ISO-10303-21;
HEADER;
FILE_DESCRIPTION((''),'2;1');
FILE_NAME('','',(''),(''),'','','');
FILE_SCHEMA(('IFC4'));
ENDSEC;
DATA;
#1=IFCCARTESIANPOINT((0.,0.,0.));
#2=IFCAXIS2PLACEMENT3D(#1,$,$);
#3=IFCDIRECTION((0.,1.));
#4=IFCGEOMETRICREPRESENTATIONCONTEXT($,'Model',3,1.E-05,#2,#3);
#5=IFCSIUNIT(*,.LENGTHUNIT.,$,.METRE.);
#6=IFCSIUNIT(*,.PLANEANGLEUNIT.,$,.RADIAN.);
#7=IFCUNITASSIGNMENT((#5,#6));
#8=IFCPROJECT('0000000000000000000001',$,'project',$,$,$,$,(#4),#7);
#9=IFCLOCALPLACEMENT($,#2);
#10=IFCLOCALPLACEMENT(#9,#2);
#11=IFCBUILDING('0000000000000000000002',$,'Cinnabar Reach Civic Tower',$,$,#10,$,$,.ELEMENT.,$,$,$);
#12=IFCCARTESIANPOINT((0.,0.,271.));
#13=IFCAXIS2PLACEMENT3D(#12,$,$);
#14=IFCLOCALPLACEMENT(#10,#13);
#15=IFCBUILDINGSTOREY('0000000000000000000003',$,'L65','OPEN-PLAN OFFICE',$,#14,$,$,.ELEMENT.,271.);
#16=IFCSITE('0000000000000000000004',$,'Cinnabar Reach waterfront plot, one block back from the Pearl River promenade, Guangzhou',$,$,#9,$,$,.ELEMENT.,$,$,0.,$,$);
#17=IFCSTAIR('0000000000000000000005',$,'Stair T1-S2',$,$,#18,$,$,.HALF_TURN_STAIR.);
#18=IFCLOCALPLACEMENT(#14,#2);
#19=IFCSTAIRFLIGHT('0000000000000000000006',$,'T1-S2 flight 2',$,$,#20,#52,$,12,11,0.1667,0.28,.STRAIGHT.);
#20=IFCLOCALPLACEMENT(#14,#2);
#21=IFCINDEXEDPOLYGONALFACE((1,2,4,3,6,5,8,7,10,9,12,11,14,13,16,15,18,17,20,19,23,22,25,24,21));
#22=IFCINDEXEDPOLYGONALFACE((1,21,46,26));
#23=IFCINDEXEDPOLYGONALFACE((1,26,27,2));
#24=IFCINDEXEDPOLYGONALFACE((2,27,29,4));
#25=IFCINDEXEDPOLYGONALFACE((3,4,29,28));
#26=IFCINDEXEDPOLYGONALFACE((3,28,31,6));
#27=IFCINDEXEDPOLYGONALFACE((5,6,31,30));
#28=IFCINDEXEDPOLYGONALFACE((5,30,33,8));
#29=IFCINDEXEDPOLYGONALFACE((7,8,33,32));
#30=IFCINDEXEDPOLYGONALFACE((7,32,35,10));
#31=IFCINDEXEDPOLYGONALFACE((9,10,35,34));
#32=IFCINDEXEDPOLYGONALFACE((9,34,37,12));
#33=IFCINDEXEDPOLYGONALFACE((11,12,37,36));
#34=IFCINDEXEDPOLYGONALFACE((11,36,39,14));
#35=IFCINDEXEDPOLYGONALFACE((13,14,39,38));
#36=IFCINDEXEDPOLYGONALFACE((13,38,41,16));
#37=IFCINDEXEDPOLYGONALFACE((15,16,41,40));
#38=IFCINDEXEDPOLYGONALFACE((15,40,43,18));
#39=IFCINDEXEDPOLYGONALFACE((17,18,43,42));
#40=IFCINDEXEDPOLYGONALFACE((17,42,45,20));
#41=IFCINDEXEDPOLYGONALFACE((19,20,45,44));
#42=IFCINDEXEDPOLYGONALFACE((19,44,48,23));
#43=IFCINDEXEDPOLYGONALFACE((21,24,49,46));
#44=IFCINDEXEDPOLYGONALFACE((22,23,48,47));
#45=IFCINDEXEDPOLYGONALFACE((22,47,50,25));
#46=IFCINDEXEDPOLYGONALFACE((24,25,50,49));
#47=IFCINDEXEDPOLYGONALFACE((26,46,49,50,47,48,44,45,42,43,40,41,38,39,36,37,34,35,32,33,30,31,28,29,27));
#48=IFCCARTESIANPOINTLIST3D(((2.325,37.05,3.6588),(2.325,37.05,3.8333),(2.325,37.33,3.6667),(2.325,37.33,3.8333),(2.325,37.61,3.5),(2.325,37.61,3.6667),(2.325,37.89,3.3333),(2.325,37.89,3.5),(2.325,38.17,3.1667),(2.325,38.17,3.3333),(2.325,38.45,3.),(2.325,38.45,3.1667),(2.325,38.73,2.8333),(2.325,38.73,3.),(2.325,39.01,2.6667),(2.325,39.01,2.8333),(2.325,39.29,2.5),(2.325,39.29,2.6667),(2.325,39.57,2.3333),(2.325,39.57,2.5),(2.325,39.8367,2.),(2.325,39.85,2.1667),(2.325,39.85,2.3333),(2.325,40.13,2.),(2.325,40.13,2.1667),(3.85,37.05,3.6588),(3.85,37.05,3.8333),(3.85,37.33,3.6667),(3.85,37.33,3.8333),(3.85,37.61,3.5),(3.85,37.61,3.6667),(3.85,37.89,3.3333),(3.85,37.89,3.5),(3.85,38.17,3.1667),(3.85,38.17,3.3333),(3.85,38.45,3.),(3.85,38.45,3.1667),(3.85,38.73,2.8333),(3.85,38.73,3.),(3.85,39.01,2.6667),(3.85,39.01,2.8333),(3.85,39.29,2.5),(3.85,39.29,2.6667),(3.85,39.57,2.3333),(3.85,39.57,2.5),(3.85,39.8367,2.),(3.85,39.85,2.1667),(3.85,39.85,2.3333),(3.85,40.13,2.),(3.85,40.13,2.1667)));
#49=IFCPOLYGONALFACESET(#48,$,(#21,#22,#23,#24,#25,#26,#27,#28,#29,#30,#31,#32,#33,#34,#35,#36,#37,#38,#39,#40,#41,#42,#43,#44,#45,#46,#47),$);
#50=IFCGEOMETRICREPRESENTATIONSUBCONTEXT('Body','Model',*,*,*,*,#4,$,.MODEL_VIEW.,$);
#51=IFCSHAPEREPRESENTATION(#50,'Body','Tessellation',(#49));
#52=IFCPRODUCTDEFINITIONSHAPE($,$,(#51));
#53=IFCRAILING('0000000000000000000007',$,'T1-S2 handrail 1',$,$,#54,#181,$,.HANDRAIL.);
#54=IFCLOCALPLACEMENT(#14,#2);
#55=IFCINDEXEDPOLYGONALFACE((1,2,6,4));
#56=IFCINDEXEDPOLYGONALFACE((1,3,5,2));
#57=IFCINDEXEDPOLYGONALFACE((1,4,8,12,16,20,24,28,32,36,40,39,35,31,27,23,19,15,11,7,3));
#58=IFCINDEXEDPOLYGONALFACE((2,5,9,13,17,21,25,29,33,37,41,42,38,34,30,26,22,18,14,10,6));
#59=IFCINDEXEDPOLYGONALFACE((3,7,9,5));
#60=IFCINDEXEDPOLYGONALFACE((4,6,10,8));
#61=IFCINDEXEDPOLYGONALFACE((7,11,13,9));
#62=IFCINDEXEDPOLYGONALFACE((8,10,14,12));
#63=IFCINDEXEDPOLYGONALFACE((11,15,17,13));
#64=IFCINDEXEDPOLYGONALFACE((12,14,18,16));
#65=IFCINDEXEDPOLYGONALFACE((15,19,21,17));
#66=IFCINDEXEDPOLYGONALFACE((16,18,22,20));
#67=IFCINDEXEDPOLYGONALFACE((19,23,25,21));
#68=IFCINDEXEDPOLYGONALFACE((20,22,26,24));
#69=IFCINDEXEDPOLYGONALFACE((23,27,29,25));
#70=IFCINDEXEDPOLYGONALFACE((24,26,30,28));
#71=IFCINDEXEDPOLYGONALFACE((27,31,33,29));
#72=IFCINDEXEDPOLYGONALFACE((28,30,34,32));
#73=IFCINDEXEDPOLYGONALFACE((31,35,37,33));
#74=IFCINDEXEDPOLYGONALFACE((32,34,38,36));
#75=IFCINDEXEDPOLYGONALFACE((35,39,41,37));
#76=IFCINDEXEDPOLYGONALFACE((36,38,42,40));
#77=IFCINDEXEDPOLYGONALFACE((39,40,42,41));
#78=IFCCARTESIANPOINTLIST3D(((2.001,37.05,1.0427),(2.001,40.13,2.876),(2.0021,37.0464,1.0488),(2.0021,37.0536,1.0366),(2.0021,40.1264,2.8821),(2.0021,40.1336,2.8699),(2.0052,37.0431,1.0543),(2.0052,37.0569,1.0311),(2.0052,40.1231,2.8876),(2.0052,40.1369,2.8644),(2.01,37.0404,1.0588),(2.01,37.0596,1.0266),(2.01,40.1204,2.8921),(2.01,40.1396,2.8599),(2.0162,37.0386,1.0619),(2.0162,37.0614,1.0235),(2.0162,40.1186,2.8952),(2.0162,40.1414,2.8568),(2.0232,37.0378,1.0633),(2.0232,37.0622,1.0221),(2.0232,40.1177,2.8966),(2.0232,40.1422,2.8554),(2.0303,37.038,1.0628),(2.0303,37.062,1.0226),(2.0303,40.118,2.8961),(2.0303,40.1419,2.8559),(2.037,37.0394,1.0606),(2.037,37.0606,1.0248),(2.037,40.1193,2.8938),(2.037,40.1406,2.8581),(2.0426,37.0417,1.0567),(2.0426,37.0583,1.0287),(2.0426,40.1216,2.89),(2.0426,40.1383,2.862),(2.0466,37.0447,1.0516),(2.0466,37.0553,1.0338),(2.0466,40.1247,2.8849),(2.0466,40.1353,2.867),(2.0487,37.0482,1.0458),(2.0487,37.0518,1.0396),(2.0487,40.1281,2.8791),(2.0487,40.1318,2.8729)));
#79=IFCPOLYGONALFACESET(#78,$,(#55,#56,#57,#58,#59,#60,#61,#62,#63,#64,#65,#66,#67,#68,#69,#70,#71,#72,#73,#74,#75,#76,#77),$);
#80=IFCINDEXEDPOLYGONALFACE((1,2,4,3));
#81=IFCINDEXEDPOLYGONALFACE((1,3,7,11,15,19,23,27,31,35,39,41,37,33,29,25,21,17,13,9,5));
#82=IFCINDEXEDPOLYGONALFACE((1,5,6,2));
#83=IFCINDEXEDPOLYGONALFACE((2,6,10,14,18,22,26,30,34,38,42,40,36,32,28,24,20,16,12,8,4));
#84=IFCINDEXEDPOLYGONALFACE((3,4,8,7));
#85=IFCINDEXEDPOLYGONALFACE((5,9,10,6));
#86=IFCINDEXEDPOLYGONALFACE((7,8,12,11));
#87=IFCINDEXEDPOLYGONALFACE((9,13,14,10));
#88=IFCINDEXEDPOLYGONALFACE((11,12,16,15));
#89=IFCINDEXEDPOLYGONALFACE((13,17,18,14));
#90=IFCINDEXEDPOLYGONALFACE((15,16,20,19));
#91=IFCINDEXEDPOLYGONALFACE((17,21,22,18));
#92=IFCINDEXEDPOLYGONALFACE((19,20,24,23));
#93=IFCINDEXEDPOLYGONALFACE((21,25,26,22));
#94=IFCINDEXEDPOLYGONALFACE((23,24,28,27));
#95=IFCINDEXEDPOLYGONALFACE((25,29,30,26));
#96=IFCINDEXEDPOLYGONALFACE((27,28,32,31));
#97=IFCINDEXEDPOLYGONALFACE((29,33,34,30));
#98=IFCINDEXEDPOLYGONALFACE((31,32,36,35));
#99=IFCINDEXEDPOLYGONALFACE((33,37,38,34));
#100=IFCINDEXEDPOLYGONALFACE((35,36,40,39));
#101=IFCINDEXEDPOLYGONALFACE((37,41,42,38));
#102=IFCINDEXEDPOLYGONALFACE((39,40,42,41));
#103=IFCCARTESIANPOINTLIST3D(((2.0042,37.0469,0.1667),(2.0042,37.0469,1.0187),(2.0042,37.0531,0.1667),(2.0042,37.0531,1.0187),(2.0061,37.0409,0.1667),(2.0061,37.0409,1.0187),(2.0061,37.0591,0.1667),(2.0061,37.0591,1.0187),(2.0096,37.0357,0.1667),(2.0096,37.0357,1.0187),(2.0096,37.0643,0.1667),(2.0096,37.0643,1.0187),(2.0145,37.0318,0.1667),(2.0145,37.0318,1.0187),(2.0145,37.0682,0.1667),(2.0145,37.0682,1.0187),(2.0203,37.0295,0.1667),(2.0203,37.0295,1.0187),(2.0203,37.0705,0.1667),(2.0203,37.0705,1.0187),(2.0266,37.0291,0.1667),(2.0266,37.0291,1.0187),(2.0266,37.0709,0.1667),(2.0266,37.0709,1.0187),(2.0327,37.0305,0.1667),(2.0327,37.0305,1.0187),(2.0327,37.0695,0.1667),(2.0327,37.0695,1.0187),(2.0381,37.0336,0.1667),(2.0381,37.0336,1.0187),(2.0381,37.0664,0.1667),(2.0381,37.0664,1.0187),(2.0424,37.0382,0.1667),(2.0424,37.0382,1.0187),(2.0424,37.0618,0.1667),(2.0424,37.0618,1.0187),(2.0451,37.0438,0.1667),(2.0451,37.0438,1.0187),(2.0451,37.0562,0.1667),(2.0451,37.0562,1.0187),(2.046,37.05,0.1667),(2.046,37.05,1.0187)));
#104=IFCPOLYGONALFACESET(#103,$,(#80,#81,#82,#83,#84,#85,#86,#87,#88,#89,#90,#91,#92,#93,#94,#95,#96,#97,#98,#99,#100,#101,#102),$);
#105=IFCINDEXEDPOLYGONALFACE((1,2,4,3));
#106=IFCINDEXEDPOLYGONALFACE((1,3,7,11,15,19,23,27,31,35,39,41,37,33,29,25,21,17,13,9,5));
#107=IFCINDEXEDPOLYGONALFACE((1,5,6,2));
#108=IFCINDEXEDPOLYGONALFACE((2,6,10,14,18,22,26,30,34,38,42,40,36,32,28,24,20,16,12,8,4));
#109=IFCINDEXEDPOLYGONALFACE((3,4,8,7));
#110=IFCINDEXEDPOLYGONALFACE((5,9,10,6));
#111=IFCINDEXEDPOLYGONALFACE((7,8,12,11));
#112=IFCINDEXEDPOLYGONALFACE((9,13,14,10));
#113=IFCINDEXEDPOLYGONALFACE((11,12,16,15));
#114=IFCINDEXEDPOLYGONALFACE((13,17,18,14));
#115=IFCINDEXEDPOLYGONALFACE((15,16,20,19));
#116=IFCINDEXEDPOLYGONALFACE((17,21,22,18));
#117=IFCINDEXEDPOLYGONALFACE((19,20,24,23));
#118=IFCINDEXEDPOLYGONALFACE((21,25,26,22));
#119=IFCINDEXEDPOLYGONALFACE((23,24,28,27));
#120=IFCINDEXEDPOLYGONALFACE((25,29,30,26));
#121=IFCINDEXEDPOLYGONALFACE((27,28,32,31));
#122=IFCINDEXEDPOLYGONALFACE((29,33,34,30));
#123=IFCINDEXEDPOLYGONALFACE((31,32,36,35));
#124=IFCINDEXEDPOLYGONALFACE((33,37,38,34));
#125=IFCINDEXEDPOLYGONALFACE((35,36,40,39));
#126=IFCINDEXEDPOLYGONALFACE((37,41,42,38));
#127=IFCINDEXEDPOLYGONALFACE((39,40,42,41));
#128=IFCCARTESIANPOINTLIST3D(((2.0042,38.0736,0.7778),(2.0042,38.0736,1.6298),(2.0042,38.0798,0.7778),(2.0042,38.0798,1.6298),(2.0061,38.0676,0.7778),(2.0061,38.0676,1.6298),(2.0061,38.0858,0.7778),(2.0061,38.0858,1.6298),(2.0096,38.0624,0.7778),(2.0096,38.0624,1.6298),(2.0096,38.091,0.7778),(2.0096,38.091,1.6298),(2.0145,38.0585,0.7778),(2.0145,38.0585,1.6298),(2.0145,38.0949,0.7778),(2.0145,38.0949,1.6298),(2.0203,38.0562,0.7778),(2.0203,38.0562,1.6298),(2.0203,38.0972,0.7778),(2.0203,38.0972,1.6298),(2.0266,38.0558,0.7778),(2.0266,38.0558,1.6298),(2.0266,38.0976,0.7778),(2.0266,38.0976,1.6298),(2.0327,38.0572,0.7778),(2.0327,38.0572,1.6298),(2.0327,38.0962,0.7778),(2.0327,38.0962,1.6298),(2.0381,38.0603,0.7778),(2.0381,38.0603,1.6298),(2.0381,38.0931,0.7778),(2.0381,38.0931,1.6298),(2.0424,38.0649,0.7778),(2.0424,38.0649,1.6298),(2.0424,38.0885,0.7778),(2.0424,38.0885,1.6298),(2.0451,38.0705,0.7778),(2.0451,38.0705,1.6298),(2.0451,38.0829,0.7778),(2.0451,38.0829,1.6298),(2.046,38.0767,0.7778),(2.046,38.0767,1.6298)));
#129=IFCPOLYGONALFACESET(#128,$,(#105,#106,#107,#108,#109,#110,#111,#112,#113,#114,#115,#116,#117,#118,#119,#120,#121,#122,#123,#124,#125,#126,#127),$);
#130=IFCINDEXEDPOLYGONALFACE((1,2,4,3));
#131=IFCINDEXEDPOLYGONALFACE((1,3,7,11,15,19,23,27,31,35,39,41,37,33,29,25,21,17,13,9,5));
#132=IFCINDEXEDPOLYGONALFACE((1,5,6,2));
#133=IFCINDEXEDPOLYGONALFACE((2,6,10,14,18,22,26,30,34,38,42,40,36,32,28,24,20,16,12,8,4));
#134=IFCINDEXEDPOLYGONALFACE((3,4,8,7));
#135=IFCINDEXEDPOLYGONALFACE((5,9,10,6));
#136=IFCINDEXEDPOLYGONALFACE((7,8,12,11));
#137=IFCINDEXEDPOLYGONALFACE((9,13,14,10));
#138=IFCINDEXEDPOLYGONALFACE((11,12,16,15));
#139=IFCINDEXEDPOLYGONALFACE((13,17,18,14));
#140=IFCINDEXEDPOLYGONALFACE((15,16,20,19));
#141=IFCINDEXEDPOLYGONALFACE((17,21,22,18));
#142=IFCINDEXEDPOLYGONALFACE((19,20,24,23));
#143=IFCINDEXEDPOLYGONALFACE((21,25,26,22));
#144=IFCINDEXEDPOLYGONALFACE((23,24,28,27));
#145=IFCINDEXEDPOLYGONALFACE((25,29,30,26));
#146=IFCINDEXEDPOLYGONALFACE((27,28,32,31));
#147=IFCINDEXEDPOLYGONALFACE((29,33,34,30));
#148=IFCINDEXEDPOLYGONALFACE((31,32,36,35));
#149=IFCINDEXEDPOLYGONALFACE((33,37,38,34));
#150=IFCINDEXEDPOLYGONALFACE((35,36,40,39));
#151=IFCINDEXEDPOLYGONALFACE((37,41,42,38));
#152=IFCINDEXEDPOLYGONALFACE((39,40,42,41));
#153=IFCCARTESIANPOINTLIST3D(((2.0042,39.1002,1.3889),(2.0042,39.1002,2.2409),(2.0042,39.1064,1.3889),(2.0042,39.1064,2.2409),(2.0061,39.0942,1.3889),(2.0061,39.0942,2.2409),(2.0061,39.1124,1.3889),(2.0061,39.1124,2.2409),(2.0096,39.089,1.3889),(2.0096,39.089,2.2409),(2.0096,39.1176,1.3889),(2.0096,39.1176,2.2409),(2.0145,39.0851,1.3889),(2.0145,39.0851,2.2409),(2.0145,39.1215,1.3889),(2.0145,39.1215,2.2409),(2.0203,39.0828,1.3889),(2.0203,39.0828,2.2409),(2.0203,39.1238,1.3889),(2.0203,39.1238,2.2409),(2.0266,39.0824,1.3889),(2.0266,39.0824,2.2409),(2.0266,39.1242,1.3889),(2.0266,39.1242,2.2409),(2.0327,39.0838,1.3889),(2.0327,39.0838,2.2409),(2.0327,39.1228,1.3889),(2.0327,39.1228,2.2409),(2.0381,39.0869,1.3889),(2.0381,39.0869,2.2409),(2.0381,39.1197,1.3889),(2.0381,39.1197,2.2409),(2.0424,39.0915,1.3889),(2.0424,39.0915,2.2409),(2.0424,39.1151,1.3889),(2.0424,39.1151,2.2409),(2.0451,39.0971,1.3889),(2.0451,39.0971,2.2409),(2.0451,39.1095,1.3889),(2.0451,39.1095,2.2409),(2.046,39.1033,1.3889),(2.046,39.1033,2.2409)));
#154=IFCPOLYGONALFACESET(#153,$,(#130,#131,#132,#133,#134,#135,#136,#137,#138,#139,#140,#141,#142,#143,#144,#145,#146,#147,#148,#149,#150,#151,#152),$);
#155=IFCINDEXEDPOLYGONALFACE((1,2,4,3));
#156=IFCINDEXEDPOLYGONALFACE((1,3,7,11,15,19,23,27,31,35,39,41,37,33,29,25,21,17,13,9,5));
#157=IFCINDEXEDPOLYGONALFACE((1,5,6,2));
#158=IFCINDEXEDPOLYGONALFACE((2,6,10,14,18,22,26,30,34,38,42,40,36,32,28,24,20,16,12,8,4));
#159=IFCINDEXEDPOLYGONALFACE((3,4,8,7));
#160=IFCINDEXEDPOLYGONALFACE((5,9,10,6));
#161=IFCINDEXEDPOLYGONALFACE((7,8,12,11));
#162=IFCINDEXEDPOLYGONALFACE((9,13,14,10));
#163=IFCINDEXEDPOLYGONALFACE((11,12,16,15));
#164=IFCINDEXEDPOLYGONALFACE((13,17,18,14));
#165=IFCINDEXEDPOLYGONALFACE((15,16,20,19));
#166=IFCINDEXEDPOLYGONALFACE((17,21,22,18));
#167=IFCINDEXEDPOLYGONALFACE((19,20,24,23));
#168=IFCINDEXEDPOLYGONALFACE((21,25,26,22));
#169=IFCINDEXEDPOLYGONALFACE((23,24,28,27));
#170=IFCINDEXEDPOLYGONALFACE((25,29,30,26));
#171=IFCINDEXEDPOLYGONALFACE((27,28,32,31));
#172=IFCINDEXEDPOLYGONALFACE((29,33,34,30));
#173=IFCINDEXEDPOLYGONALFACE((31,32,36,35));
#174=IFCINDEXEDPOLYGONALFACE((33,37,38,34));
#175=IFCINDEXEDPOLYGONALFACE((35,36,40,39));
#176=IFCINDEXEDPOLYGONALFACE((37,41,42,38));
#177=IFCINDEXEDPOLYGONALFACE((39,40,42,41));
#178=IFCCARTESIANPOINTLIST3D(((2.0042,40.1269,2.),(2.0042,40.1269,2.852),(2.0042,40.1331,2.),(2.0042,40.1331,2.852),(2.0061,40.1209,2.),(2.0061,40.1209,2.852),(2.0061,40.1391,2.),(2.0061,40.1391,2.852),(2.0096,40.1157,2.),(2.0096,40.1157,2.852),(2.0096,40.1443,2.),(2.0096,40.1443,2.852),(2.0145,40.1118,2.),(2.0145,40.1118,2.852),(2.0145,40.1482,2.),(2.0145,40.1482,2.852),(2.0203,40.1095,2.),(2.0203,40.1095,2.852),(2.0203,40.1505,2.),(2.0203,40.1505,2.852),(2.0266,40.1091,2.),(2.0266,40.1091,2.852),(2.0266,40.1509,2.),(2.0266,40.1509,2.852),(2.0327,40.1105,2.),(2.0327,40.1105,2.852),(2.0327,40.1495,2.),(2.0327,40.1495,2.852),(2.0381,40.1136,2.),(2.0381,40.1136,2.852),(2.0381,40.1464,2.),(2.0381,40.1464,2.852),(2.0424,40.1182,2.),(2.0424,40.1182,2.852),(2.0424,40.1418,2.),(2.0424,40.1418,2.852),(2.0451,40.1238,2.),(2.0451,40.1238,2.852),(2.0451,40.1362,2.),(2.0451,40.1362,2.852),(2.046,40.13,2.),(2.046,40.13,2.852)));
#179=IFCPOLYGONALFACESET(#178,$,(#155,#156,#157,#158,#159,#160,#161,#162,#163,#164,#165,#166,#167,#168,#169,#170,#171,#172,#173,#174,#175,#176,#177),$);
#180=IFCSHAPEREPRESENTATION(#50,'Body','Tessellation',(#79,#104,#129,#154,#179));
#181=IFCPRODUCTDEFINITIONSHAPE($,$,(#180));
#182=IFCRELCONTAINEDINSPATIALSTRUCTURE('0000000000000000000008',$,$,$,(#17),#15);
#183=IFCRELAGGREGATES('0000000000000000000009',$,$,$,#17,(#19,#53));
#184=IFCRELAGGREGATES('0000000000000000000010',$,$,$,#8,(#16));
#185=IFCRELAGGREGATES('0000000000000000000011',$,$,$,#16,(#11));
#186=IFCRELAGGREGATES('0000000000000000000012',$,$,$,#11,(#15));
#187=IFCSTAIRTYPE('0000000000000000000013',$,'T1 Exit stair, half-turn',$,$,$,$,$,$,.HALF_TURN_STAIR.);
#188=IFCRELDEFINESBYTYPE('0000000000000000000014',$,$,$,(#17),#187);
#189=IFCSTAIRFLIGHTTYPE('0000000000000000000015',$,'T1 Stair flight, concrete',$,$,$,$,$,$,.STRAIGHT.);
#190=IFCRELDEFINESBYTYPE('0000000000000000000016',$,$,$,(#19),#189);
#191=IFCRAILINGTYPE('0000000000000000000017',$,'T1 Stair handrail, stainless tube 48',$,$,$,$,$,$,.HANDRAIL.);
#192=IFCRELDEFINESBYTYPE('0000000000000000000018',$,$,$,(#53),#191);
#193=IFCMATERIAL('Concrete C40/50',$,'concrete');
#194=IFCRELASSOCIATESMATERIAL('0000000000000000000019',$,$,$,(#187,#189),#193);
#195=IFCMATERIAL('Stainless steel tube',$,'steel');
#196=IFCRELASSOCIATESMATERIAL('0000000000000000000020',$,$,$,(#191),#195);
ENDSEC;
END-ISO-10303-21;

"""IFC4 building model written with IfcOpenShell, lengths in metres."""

from ifc_helpers import new_model, si_unit, direction, frame, origin, origin_2d, place, context, subcontext, project, spatial, polyline, circle, outline, extrude, material, type_object, element, aggregate, save


model = new_model("IFC4")

# Units and contexts
model_context = context("Model", 3, precision=1e-05, world=origin(), true_north=direction((0.0, 1.0)))
body_context = subcontext(model_context, "Body", "Model", "MODEL_VIEW")
ifc_project = project(units=[si_unit("LENGTHUNIT", "METRE"), si_unit("PLANEANGLEUNIT", "RADIAN")], contexts=[model_context])

# Site, building, storey
site_placement = place(None, origin())
site = spatial("IfcSite", under=ifc_project, at=site_placement, Name="Cinnabar Reach waterfront plot, one block back from the Pearl River promenade, Guangzhou", CompositionType="ELEMENT", RefElevation=0.0)
building_placement = place(site_placement, origin())
building = spatial("IfcBuilding", under=site, at=building_placement, Name="Cinnabar Reach Civic Tower", CompositionType="ELEMENT")
storey_placement = place(building_placement, frame((0.0, 0.0, 271.0)))
storey = spatial("IfcBuildingStorey", under=building, at=storey_placement, Name="L65", Description="OPEN-PLAN OFFICE", CompositionType="ELEMENT", Elevation=271.0)

# Shared definitions
ifc_material_1 = material(Name="Concrete C40/50", Category="concrete")

# Stair, stair flight, railing
stair_type = type_object("IfcStairType", Name="T1 Exit stair, half-turn", PredefinedType="HALF_TURN_STAIR", material=ifc_material_1)
stair_placement = place(storey_placement, origin())
stair = element("IfcStair", 1, at=stair_placement, inside=storey, type_object=stair_type, Name="Stair T1-S2", PredefinedType="HALF_TURN_STAIR")
stair_flight_type = type_object("IfcStairFlightType", Name="T1 Stair flight, concrete", PredefinedType="STRAIGHT", material=ifc_material_1)
stair_flight_1_placement = place(storey_placement, frame((3.0875, 40.13, 2.0), z_axis=(0.0, 0.0, 1.0), x_axis=(0.0, -1.0, 0.0)))
stair_flight_1 = element("IfcStairFlight", 2, at=stair_flight_1_placement, type_object=stair_flight_type, Name="T1-S2 flight 2", NumberOfRisers=12, NumberOfTreads=11, PredefinedType="STRAIGHT", RiserHeight=0.1667, TreadLength=0.28, context=body_context, shape_type="SweptSolid", body=[
    extrude(outline(polyline([(0.0, 0.0), (0.0, 0.1667), (0.28, 0.1667), (0.28, 0.3333), (0.56, 0.3333), (0.56, 0.5), (0.84, 0.5), (0.84, 0.6667), (1.12, 0.6667), (1.12, 0.8333), (1.4, 0.8333), (1.4, 1.0), (1.68, 1.0), (1.68, 1.1667), (1.96, 1.1667), (1.96, 1.3333), (2.24, 1.3333), (2.24, 1.5), (2.52, 1.5), (2.52, 1.6667), (2.8, 1.6667), (2.8, 1.8333), (3.08, 1.8333), (3.08, 2.0), (3.08, 1.6588), (0.2933, 0.0), (0.0, 0.0)])), frame((0.0, 0.7625, 0.0), z_axis=(0.0, -1.0, 0.0), x_axis=(1.0, 0.0, 0.0)), (0.0, 0.0, 1.0), 1.525),
])
ifc_material_2 = material(Name="Stainless steel tube", Category="steel")
railing_type = type_object("IfcRailingType", Name="T1 Stair handrail, stainless tube 48", PredefinedType="HANDRAIL", material=ifc_material_2)
railing_1_placement = place(storey_placement, frame((2.025, 37.05, 0.1667)))
railing_1 = element("IfcRailing", 3, at=railing_1_placement, type_object=railing_type, Name="T1-S2 handrail 1", PredefinedType="HANDRAIL", context=body_context, shape_type="SweptSolid", body=[
    extrude(circle(Radius=0.024, at=origin_2d()), frame((0.0, 0.0, 0.876), z_axis=(0.0, 0.859297, 0.511477), x_axis=(-1.0, 0.0, 0.0)), (0.0, 0.0, 1.0), 3.5843),
    extrude(circle(Radius=0.021, at=origin_2d()), origin(), (0.0, 0.0, 1.0), 0.852),
    extrude(circle(Radius=0.021, at=origin_2d()), frame((0.0, 1.0267, 0.6111)), (0.0, 0.0, 1.0), 0.852),
    extrude(circle(Radius=0.021, at=origin_2d()), frame((0.0, 2.0533, 1.2222)), (0.0, 0.0, 1.0), 0.852),
    extrude(circle(Radius=0.021, at=origin_2d()), frame((0.0, 3.08, 1.8333)), (0.0, 0.0, 1.0), 0.852),
])
aggregate(stair, [stair_flight_1, railing_1])

save(model, "model.ifc")
